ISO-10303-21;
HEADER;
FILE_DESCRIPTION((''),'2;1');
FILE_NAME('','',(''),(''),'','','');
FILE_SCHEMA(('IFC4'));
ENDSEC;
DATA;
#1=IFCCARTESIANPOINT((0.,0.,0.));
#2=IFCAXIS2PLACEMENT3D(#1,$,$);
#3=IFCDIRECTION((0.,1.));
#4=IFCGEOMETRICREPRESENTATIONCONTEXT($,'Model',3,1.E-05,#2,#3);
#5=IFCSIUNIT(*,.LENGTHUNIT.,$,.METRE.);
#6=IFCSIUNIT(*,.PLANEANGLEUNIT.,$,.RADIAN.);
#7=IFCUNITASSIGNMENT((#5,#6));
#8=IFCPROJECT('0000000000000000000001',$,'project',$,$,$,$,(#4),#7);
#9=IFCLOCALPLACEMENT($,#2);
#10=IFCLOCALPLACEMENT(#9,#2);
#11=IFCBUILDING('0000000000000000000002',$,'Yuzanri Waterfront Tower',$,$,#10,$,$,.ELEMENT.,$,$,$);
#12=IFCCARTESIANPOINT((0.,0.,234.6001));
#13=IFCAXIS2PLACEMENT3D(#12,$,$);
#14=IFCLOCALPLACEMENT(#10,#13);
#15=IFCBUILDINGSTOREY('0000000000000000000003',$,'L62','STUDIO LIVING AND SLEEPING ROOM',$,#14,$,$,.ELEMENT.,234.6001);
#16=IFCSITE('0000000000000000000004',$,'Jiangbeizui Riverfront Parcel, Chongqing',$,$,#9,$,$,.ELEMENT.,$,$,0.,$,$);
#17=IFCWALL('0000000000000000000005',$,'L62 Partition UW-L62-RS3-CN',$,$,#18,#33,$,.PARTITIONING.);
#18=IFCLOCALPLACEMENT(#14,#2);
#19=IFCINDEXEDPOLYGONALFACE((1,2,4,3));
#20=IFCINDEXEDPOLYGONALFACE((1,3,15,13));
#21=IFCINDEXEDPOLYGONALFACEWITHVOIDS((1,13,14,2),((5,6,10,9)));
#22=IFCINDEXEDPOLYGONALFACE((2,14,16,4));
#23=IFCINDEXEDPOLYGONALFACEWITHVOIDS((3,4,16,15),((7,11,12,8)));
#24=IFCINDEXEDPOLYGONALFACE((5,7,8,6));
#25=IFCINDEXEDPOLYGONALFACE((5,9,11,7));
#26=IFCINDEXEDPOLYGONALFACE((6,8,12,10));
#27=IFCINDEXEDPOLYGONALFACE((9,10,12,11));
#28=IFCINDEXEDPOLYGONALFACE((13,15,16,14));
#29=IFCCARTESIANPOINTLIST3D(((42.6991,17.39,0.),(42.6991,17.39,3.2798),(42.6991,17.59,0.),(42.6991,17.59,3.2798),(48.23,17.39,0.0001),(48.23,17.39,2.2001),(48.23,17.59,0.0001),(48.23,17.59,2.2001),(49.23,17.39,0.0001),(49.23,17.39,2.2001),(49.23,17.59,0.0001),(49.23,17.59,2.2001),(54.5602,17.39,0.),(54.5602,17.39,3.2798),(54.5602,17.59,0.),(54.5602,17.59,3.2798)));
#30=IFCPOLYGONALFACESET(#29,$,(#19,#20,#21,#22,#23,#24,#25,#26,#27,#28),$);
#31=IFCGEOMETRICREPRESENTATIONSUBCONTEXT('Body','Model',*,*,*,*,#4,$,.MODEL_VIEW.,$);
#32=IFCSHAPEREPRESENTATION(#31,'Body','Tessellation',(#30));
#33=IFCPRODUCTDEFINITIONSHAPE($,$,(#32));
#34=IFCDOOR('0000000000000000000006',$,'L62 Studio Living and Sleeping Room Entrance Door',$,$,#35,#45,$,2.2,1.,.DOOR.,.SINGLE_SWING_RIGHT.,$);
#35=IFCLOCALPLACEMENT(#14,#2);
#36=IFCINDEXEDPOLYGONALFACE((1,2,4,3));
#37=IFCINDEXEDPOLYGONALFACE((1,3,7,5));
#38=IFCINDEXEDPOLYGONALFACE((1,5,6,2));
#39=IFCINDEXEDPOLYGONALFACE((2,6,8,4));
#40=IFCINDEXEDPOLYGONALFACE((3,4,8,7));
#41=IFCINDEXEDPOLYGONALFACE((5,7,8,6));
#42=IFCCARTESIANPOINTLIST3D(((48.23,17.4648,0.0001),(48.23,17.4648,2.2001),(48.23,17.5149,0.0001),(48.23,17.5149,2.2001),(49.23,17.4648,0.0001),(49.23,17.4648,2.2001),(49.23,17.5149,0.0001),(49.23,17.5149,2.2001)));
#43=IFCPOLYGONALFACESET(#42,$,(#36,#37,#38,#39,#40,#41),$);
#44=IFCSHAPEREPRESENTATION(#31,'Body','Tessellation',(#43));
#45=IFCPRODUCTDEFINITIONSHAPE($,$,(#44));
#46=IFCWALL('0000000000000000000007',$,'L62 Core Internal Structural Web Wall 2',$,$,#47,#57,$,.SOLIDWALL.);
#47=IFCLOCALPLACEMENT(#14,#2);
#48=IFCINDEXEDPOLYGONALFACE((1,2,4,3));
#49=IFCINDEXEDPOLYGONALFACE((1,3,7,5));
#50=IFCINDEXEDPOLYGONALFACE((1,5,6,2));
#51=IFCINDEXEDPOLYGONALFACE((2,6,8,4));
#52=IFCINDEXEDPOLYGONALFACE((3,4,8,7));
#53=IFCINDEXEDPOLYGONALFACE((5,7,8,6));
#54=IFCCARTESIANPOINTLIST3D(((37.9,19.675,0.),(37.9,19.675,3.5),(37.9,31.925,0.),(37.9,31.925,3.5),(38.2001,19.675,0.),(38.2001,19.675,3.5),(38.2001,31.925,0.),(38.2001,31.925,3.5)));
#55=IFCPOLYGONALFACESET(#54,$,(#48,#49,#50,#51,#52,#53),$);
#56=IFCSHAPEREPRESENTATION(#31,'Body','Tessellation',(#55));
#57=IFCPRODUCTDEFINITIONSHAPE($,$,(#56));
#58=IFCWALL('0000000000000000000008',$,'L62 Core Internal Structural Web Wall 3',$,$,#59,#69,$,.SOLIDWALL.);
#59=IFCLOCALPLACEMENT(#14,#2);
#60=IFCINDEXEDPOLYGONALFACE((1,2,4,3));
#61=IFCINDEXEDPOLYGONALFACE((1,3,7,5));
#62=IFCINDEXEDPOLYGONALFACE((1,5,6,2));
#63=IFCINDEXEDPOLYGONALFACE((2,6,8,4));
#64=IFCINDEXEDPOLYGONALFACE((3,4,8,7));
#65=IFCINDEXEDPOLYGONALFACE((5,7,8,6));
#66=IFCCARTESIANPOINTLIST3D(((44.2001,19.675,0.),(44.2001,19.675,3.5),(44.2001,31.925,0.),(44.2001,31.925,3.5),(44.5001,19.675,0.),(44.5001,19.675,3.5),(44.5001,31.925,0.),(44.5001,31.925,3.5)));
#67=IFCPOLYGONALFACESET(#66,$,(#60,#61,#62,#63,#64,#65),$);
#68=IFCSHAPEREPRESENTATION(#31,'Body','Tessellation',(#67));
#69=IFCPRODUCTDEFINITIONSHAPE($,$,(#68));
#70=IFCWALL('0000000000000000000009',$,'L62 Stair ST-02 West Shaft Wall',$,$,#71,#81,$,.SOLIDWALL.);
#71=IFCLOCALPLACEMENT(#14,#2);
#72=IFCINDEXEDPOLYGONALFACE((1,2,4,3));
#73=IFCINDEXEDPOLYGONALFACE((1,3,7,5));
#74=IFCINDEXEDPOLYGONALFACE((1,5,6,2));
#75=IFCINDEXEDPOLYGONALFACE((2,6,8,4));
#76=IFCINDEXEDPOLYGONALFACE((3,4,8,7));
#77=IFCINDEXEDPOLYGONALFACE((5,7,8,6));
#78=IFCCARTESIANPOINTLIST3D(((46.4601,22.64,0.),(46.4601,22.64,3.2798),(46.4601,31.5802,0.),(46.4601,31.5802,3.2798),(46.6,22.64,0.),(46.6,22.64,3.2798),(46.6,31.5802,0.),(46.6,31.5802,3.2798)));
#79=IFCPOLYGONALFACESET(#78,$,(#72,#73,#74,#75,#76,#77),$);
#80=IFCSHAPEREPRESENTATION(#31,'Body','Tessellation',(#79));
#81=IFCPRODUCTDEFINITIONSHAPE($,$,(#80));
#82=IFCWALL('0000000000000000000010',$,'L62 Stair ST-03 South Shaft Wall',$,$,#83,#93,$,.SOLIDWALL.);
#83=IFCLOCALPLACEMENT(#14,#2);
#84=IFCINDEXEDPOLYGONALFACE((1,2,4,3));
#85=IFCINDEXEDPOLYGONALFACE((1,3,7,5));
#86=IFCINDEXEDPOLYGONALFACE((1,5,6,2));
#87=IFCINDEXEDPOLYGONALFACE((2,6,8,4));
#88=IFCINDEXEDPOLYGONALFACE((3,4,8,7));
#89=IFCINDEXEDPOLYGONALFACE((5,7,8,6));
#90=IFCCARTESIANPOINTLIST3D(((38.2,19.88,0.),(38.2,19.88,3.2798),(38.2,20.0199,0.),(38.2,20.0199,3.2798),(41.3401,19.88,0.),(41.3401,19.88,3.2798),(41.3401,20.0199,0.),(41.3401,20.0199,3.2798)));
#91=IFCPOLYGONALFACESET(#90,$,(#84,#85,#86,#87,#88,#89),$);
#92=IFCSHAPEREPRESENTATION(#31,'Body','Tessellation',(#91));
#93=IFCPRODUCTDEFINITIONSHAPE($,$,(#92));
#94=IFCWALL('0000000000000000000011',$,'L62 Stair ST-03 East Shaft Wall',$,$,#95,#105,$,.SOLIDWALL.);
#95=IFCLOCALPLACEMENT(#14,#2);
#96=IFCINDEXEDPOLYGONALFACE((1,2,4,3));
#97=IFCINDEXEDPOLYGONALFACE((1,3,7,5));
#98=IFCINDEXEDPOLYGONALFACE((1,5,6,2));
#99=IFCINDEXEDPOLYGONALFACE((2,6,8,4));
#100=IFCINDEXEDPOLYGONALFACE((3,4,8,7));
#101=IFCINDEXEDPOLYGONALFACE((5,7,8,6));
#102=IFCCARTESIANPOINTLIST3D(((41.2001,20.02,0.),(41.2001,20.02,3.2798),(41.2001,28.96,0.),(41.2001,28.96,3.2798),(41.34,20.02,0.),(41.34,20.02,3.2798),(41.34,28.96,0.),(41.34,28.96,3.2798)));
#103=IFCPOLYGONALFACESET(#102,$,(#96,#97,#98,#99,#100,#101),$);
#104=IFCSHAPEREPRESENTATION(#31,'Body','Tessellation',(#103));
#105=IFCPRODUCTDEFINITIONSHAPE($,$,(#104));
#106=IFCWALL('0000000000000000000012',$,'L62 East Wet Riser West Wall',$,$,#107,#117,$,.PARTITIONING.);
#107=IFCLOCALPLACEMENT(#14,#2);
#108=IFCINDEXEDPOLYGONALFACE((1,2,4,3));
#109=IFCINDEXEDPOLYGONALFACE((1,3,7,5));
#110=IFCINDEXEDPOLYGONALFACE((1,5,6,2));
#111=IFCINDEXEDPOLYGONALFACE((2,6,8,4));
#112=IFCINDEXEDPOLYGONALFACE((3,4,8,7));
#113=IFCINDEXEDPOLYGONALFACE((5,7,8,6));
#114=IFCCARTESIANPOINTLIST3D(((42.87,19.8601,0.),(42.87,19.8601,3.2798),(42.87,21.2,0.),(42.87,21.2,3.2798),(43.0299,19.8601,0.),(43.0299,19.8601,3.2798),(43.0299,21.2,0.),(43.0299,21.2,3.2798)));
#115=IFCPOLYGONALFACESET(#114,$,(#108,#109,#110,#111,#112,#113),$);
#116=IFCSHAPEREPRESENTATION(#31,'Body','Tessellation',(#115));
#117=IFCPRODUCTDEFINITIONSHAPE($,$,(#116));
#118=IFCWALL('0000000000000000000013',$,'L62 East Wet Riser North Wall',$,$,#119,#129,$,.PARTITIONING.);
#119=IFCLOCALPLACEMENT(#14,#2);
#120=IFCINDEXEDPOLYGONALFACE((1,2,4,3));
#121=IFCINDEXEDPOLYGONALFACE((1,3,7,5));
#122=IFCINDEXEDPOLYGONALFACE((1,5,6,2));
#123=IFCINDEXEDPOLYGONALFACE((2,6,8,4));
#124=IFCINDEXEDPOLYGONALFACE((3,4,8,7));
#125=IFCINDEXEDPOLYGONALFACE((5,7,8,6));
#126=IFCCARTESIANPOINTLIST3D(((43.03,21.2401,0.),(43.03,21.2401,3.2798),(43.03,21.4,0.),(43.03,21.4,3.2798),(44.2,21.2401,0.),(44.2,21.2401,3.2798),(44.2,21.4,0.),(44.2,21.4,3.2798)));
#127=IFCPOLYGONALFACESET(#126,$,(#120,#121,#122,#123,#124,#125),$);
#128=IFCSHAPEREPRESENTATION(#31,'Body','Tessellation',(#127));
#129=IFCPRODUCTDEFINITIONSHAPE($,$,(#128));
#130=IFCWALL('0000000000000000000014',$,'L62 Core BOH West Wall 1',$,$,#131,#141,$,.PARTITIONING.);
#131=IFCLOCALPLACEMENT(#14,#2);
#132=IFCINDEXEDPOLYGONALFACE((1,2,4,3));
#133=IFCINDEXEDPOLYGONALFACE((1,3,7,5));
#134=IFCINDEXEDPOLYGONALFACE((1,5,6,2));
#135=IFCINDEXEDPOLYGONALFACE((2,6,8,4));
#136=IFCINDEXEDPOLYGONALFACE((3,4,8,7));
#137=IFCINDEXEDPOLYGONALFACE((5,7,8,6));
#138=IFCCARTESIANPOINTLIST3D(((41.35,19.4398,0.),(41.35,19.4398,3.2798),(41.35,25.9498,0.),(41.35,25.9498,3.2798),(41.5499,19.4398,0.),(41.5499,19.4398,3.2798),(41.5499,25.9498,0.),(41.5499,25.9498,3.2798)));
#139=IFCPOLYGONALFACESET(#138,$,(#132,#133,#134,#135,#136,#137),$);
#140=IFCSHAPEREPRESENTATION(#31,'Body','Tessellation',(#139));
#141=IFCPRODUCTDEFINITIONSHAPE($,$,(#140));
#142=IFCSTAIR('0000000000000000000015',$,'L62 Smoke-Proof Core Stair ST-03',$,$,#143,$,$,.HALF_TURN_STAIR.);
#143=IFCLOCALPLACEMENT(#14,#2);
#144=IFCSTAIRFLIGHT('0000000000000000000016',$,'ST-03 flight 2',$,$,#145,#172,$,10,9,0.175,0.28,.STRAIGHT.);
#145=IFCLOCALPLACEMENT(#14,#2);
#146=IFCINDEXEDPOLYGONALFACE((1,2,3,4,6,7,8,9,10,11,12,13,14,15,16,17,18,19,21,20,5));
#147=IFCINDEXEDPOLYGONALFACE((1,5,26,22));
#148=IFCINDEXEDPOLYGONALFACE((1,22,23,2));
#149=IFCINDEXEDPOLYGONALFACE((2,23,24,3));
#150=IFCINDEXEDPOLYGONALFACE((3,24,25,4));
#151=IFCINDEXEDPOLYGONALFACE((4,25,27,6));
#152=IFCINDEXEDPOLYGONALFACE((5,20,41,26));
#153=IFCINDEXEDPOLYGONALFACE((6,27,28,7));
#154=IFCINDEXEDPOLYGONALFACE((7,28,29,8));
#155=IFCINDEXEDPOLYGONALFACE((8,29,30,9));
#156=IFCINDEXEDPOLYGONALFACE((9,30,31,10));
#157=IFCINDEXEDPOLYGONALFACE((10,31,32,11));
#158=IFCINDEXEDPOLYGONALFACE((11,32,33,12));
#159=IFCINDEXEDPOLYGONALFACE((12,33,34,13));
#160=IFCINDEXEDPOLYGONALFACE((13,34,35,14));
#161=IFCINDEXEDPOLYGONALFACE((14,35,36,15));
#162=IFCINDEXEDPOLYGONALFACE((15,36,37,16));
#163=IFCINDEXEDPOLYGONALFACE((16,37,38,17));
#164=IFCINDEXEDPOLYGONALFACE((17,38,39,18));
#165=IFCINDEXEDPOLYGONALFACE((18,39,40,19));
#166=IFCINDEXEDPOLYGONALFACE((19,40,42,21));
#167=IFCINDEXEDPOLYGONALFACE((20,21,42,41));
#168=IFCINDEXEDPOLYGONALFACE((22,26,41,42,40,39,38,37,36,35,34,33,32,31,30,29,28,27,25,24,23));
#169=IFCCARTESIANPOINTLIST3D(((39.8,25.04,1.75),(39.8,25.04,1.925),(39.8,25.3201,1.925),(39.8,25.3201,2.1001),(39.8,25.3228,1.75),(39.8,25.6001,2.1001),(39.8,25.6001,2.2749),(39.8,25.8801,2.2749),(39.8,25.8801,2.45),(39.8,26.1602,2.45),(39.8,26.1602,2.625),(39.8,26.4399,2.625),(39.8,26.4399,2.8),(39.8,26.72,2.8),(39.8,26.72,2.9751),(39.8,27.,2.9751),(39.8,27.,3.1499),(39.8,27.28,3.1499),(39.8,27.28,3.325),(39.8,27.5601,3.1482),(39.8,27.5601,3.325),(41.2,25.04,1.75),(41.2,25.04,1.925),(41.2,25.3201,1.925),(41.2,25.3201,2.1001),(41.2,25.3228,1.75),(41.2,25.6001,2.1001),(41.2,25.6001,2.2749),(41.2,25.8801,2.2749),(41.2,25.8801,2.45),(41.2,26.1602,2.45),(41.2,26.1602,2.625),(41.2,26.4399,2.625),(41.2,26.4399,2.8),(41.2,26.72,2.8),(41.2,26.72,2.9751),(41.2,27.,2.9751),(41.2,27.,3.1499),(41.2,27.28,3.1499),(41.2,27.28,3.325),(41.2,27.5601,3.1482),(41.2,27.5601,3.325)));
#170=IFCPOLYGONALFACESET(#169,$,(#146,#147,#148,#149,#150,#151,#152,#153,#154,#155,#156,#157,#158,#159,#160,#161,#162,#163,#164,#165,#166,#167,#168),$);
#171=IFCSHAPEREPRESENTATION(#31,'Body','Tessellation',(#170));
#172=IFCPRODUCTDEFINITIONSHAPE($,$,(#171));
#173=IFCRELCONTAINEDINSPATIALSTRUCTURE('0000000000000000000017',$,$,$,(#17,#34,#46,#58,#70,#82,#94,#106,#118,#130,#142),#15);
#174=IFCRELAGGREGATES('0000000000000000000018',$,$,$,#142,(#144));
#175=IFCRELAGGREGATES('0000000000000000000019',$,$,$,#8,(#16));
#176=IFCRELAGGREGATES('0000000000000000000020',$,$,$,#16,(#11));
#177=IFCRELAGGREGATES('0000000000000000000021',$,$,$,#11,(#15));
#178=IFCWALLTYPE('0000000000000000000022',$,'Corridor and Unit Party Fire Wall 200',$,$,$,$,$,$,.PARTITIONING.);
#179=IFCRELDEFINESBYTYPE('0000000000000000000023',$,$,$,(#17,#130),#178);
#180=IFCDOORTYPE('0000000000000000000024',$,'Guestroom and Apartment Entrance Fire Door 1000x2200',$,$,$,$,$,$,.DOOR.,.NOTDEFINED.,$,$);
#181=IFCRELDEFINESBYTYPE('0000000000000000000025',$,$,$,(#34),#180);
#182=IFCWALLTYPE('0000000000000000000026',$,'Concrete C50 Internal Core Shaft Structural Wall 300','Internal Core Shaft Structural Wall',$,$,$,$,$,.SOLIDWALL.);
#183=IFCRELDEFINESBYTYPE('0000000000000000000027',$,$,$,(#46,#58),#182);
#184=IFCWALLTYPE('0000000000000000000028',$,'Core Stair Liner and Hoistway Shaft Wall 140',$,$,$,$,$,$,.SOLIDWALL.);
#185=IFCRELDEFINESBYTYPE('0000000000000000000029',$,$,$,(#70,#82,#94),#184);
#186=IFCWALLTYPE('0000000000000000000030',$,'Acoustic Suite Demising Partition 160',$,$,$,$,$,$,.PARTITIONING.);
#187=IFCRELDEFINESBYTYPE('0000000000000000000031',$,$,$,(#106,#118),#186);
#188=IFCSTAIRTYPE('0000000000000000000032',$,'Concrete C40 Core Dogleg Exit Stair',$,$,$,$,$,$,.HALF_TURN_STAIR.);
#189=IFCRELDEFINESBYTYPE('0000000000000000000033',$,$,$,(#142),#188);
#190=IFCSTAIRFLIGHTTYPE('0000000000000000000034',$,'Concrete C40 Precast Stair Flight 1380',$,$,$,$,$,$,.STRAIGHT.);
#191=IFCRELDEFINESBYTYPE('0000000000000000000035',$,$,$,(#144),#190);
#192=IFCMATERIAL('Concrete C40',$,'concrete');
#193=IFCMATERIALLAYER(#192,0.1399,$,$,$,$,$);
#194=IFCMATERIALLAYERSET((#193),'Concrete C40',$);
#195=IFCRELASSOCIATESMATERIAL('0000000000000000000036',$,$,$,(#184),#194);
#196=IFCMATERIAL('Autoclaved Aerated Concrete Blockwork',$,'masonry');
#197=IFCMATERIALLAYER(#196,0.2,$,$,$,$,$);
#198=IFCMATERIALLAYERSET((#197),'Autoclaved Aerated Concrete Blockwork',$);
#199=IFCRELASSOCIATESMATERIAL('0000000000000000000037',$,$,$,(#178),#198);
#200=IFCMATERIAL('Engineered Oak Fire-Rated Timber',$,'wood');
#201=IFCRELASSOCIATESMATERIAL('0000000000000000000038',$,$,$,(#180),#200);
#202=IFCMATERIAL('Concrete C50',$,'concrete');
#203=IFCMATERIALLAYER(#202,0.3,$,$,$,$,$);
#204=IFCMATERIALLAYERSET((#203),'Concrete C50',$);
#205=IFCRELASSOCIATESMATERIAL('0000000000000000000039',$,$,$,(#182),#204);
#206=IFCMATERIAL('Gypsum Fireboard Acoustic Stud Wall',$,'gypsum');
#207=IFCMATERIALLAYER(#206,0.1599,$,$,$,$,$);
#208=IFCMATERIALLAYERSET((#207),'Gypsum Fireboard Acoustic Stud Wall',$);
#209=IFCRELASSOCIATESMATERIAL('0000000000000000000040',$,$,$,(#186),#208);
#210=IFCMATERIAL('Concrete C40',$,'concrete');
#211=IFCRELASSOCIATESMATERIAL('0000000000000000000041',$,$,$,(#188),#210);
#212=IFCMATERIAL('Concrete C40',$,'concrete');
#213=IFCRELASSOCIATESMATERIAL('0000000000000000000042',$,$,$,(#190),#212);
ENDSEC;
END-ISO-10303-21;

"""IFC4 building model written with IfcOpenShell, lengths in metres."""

from ifc_helpers import new_model, si_unit, direction, frame, frame_2d, origin, place, context, subcontext, project, spatial, polyline, rectangle, outline, extrude, source, transform, mapped, material, layer, layer_set, type_object, element, fill, aggregate, save


model = new_model("IFC4")

# Units and contexts
model_context = context("Model", 3, precision=1e-05, world=origin(), true_north=direction((0.0, 1.0)))
body_context = subcontext(model_context, "Body", "Model", "MODEL_VIEW")
ifc_project = project(units=[si_unit("LENGTHUNIT", "METRE"), si_unit("PLANEANGLEUNIT", "RADIAN")], contexts=[model_context])

# Site, building, storey
site_placement = place(None, origin())
site = spatial("IfcSite", under=ifc_project, at=site_placement, Name="Jiangbeizui Riverfront Parcel, Chongqing", CompositionType="ELEMENT", RefElevation=0.0)
building_placement = place(site_placement, origin())
building = spatial("IfcBuilding", under=site, at=building_placement, Name="Yuzanri Waterfront Tower", CompositionType="ELEMENT")
storey_placement = place(building_placement, frame((0.0, 0.0, 234.6001)))
storey = spatial("IfcBuildingStorey", under=building, at=storey_placement, Name="L62", Description="STUDIO LIVING AND SLEEPING ROOM", CompositionType="ELEMENT", Elevation=234.6001)

# Wall, opening, door
ifc_material_1 = material(Name="Concrete C40", Category="concrete")
ifc_layer_1 = layer(ifc_material_1, 0.1399)
ifc_layer_set_1 = layer_set([ifc_layer_1], Name="Concrete C40")
wall_type_1 = type_object("IfcWallType", Name="Core Stair Liner and Hoistway Shaft Wall 140", PredefinedType="SOLIDWALL", material=ifc_layer_set_1)
ifc_material_2 = material(Name="Autoclaved Aerated Concrete Blockwork", Category="masonry")
ifc_layer_2 = layer(ifc_material_2, 0.2)
ifc_layer_set_2 = layer_set([ifc_layer_2], Name="Autoclaved Aerated Concrete Blockwork")
wall_type_2 = type_object("IfcWallType", Name="Corridor and Unit Party Fire Wall 200", PredefinedType="PARTITIONING", material=ifc_layer_set_2)
wall_1_placement = place(storey_placement, frame((42.699, 17.49, 0.0), z_axis=(0.0, 0.0, 1.0), x_axis=(1.0, 0.0, 0.0)))
wall_1 = element("IfcWall", 1, at=wall_1_placement, inside=storey, type_object=wall_type_2, Name="L62 Partition UW-L62-RS3-CN", PredefinedType="PARTITIONING", context=body_context, shape_type="SweptSolid", body=[
    extrude(rectangle(XDim=11.8611, YDim=0.2, at=frame_2d((5.9307, 0.0))), origin(), (0.0, 0.0, 1.0), 3.2798),
])
opening_1_placement = place(wall_1_placement, frame((5.531, 0.0, 0.0)))
opening_1 = element("IfcOpeningElement", 2, at=opening_1_placement, cuts=wall_1, PredefinedType="OPENING", context=body_context, shape_type="SweptSolid", body=[
    extrude(rectangle(XDim=1.0, YDim=2.2, at=frame_2d((0.5, 1.1001))), frame((0.0, 0.1147, 0.0), z_axis=(0.0, -1.0, 0.0), x_axis=(1.0, 0.0, 0.0)), (0.0, 0.0, 1.0), 0.2297),
])
ifc_material_3 = material(Name="Engineered Oak Fire-Rated Timber", Category="wood")
door_type_1 = type_object("IfcDoorType", Name="Guestroom and Apartment Entrance Fire Door 1000x2200", OperationType="NOTDEFINED", PredefinedType="DOOR", material=ifc_material_3)
shared_shape_1 = source(origin(), body_context, "Body", "SweptSolid", [
    extrude(rectangle(XDim=1.0, YDim=2.2, at=frame_2d((0.5, 1.1001))), frame((0.0, 0.0249, 0.0), z_axis=(0.0, -1.0, 0.0), x_axis=(1.0, 0.0, 0.0)), (0.0, 0.0, 1.0), 0.05),
])
door_1_placement = place(opening_1_placement, origin())
door_1 = element("IfcDoor", 3, at=door_1_placement, inside=storey, type_object=door_type_1, Name="L62 Studio Living and Sleeping Room Entrance Door", OperationType="SINGLE_SWING_RIGHT", OverallHeight=2.2, OverallWidth=1.0, PredefinedType="DOOR", context=body_context, shape_type="MappedRepresentation", body=[
    mapped(shared_shape_1, transform((0.0, 0.0, 0.0), scale=1.0)),
])
fill(opening_1, door_1)

# Walls
ifc_material_4 = material(Name="Concrete C50", Category="concrete")
ifc_layer_3 = layer(ifc_material_4, 0.3)
ifc_layer_set_3 = layer_set([ifc_layer_3], Name="Concrete C50")
wall_type_3 = type_object("IfcWallType", Name="Concrete C50 Internal Core Shaft Structural Wall 300", Description="Internal Core Shaft Structural Wall", PredefinedType="SOLIDWALL", material=ifc_layer_set_3)
shared_shape_2 = source(origin(), body_context, "Body", "SweptSolid", [
    extrude(rectangle(XDim=12.25, YDim=0.3, at=frame_2d((6.125, 0.0))), origin(), (0.0, 0.0, 1.0), 3.5),
])
for number, where, z_axis, x_axis, name in (
    (4, (38.05, 19.675, 0.0), (0.0, 0.0, 1.0), (0.0, 1.0, 0.0), "L62 Core Internal Structural Web Wall 2"),
    (5, (44.3501, 19.675, 0.0), (0.0, 0.0, 1.0), (0.0, 1.0, 0.0), "L62 Core Internal Structural Web Wall 3"),
):
    element("IfcWall", number, at=place(storey_placement, frame(where, z_axis=z_axis, x_axis=x_axis)), inside=storey, type_object=wall_type_3, Name=name, PredefinedType="SOLIDWALL", context=body_context, shape_type="MappedRepresentation", body=[
        mapped(shared_shape_2, transform((0.0, 0.0, 0.0), scale=1.0)),
    ])
shared_shape_3 = source(origin(), body_context, "Body", "SweptSolid", [
    extrude(rectangle(XDim=8.9402, YDim=0.1399, at=frame_2d((4.4702, 0.0))), origin(), (0.0, 0.0, 1.0), 3.2798),
])
wall_2_placement = place(storey_placement, frame((46.53, 22.6399, 0.0), z_axis=(0.0, 0.0, 1.0), x_axis=(0.0, 1.0, 0.0)))
element("IfcWall", 6, at=wall_2_placement, inside=storey, type_object=wall_type_1, Name="L62 Stair ST-02 West Shaft Wall", PredefinedType="SOLIDWALL", context=body_context, shape_type="MappedRepresentation", body=[
    mapped(shared_shape_3, transform((0.0, 0.0, 0.0), scale=1.0)),
])
shared_shape_4 = source(origin(), body_context, "Body", "SweptSolid", [
    extrude(rectangle(XDim=3.1401, YDim=0.1399, at=frame_2d((1.5701, 0.0))), origin(), (0.0, 0.0, 1.0), 3.2798),
])
wall_3_placement = place(storey_placement, frame((38.2, 19.95, 0.0), z_axis=(0.0, 0.0, 1.0), x_axis=(1.0, 0.0, 0.0)))
element("IfcWall", 7, at=wall_3_placement, inside=storey, type_object=wall_type_1, Name="L62 Stair ST-03 South Shaft Wall", PredefinedType="SOLIDWALL", context=body_context, shape_type="MappedRepresentation", body=[
    mapped(shared_shape_4, transform((0.0, 0.0, 0.0), scale=1.0)),
])
shared_shape_5 = source(origin(), body_context, "Body", "SweptSolid", [
    extrude(rectangle(XDim=8.9399, YDim=0.1399, at=frame_2d((4.47, 0.0))), origin(), (0.0, 0.0, 1.0), 3.2798),
])
wall_4_placement = place(storey_placement, frame((41.27, 20.02, 0.0), z_axis=(0.0, 0.0, 1.0), x_axis=(0.0, 1.0, 0.0)))
element("IfcWall", 8, at=wall_4_placement, inside=storey, type_object=wall_type_1, Name="L62 Stair ST-03 East Shaft Wall", PredefinedType="SOLIDWALL", context=body_context, shape_type="MappedRepresentation", body=[
    mapped(shared_shape_5, transform((0.0, 0.0, 0.0), scale=1.0)),
])
ifc_material_5 = material(Name="Gypsum Fireboard Acoustic Stud Wall", Category="gypsum")
ifc_layer_4 = layer(ifc_material_5, 0.1599)
ifc_layer_set_4 = layer_set([ifc_layer_4], Name="Gypsum Fireboard Acoustic Stud Wall")
wall_type_4 = type_object("IfcWallType", Name="Acoustic Suite Demising Partition 160", PredefinedType="PARTITIONING", material=ifc_layer_set_4)
shared_shape_6 = source(origin(), body_context, "Body", "SweptSolid", [
    extrude(rectangle(XDim=1.3398, YDim=0.1599, at=frame_2d((0.6699, 0.0))), origin(), (0.0, 0.0, 1.0), 3.2798),
])
wall_5_placement = place(storey_placement, frame((42.95, 19.8601, 0.0), z_axis=(0.0, 0.0, 1.0), x_axis=(0.0, 1.0, 0.0)))
element("IfcWall", 9, at=wall_5_placement, inside=storey, type_object=wall_type_4, Name="L62 East Wet Riser West Wall", PredefinedType="PARTITIONING", context=body_context, shape_type="MappedRepresentation", body=[
    mapped(shared_shape_6, transform((0.0, 0.0, 0.0), scale=1.0)),
])
shared_shape_7 = source(origin(), body_context, "Body", "SweptSolid", [
    extrude(rectangle(XDim=1.1699, YDim=0.1599, at=frame_2d((0.585, 0.0))), origin(), (0.0, 0.0, 1.0), 3.2798),
])
wall_6_placement = place(storey_placement, frame((43.03, 21.3201, 0.0), z_axis=(0.0, 0.0, 1.0), x_axis=(1.0, 0.0, 0.0)))
element("IfcWall", 10, at=wall_6_placement, inside=storey, type_object=wall_type_4, Name="L62 East Wet Riser North Wall", PredefinedType="PARTITIONING", context=body_context, shape_type="MappedRepresentation", body=[
    mapped(shared_shape_7, transform((0.0, 0.0, 0.0), scale=1.0)),
])
shared_shape_8 = source(origin(), body_context, "Body", "SweptSolid", [
    extrude(rectangle(XDim=6.51, YDim=0.2, at=frame_2d((3.2549, 0.0))), origin(), (0.0, 0.0, 1.0), 3.2798),
])
wall_7_placement = place(storey_placement, frame((41.45, 19.4399, 0.0), z_axis=(0.0, 0.0, 1.0), x_axis=(0.0, 1.0, 0.0)))
element("IfcWall", 11, at=wall_7_placement, inside=storey, type_object=wall_type_2, Name="L62 Core BOH West Wall 1", PredefinedType="PARTITIONING", context=body_context, shape_type="MappedRepresentation", body=[
    mapped(shared_shape_8, transform((0.0, 0.0, 0.0), scale=1.0)),
])

# Stair, stair flight
ifc_material_6 = material(Name="Concrete C40", Category="concrete")
stair_type = type_object("IfcStairType", Name="Concrete C40 Core Dogleg Exit Stair", PredefinedType="HALF_TURN_STAIR", material=ifc_material_6)
stair_placement = place(storey_placement, origin())
stair = element("IfcStair", 12, at=stair_placement, inside=storey, type_object=stair_type, Name="L62 Smoke-Proof Core Stair ST-03", PredefinedType="HALF_TURN_STAIR")
ifc_material_7 = material(Name="Concrete C40", Category="concrete")
stair_flight_type = type_object("IfcStairFlightType", Name="Concrete C40 Precast Stair Flight 1380", PredefinedType="STRAIGHT", material=ifc_material_7)
shared_shape_9 = source(origin(), body_context, "Body", "SweptSolid", [
    extrude(outline(polyline([(0.0, 0.0), (0.0, 0.175), (0.28, 0.175), (0.28, 0.3501), (0.5601, 0.3501), (0.5601, 0.5249), (0.8401, 0.5249), (0.8401, 0.7), (1.1201, 0.7), (1.1201, 0.875), (1.3999, 0.875), (1.3999, 1.05), (1.6799, 1.05), (1.6799, 1.2251), (1.96, 1.2251), (1.96, 1.3999), (2.24, 1.3999), (2.24, 1.575), (2.52, 1.575), (2.52, 1.75), (2.52, 1.3982), (0.2827, 0.0), (0.0, 0.0)])), frame((0.0, 0.7, 0.0), z_axis=(0.0, -1.0, 0.0), x_axis=(1.0, 0.0, 0.0)), (0.0, 0.0, 1.0), 1.3999),
])
stair_flight_placement = place(storey_placement, frame((40.5, 25.04, 1.75), z_axis=(0.0, 0.0, 1.0), x_axis=(0.0, 1.0, 0.0)))
stair_flight = element("IfcStairFlight", 13, at=stair_flight_placement, type_object=stair_flight_type, Name="ST-03 flight 2", NumberOfRisers=10, NumberOfTreads=9, PredefinedType="STRAIGHT", RiserHeight=0.175, TreadLength=0.28, context=body_context, shape_type="MappedRepresentation", body=[
    mapped(shared_shape_9, transform((0.0, 0.0, 0.0), scale=1.0)),
])
aggregate(stair, [stair_flight])

save(model, "model.ifc")
